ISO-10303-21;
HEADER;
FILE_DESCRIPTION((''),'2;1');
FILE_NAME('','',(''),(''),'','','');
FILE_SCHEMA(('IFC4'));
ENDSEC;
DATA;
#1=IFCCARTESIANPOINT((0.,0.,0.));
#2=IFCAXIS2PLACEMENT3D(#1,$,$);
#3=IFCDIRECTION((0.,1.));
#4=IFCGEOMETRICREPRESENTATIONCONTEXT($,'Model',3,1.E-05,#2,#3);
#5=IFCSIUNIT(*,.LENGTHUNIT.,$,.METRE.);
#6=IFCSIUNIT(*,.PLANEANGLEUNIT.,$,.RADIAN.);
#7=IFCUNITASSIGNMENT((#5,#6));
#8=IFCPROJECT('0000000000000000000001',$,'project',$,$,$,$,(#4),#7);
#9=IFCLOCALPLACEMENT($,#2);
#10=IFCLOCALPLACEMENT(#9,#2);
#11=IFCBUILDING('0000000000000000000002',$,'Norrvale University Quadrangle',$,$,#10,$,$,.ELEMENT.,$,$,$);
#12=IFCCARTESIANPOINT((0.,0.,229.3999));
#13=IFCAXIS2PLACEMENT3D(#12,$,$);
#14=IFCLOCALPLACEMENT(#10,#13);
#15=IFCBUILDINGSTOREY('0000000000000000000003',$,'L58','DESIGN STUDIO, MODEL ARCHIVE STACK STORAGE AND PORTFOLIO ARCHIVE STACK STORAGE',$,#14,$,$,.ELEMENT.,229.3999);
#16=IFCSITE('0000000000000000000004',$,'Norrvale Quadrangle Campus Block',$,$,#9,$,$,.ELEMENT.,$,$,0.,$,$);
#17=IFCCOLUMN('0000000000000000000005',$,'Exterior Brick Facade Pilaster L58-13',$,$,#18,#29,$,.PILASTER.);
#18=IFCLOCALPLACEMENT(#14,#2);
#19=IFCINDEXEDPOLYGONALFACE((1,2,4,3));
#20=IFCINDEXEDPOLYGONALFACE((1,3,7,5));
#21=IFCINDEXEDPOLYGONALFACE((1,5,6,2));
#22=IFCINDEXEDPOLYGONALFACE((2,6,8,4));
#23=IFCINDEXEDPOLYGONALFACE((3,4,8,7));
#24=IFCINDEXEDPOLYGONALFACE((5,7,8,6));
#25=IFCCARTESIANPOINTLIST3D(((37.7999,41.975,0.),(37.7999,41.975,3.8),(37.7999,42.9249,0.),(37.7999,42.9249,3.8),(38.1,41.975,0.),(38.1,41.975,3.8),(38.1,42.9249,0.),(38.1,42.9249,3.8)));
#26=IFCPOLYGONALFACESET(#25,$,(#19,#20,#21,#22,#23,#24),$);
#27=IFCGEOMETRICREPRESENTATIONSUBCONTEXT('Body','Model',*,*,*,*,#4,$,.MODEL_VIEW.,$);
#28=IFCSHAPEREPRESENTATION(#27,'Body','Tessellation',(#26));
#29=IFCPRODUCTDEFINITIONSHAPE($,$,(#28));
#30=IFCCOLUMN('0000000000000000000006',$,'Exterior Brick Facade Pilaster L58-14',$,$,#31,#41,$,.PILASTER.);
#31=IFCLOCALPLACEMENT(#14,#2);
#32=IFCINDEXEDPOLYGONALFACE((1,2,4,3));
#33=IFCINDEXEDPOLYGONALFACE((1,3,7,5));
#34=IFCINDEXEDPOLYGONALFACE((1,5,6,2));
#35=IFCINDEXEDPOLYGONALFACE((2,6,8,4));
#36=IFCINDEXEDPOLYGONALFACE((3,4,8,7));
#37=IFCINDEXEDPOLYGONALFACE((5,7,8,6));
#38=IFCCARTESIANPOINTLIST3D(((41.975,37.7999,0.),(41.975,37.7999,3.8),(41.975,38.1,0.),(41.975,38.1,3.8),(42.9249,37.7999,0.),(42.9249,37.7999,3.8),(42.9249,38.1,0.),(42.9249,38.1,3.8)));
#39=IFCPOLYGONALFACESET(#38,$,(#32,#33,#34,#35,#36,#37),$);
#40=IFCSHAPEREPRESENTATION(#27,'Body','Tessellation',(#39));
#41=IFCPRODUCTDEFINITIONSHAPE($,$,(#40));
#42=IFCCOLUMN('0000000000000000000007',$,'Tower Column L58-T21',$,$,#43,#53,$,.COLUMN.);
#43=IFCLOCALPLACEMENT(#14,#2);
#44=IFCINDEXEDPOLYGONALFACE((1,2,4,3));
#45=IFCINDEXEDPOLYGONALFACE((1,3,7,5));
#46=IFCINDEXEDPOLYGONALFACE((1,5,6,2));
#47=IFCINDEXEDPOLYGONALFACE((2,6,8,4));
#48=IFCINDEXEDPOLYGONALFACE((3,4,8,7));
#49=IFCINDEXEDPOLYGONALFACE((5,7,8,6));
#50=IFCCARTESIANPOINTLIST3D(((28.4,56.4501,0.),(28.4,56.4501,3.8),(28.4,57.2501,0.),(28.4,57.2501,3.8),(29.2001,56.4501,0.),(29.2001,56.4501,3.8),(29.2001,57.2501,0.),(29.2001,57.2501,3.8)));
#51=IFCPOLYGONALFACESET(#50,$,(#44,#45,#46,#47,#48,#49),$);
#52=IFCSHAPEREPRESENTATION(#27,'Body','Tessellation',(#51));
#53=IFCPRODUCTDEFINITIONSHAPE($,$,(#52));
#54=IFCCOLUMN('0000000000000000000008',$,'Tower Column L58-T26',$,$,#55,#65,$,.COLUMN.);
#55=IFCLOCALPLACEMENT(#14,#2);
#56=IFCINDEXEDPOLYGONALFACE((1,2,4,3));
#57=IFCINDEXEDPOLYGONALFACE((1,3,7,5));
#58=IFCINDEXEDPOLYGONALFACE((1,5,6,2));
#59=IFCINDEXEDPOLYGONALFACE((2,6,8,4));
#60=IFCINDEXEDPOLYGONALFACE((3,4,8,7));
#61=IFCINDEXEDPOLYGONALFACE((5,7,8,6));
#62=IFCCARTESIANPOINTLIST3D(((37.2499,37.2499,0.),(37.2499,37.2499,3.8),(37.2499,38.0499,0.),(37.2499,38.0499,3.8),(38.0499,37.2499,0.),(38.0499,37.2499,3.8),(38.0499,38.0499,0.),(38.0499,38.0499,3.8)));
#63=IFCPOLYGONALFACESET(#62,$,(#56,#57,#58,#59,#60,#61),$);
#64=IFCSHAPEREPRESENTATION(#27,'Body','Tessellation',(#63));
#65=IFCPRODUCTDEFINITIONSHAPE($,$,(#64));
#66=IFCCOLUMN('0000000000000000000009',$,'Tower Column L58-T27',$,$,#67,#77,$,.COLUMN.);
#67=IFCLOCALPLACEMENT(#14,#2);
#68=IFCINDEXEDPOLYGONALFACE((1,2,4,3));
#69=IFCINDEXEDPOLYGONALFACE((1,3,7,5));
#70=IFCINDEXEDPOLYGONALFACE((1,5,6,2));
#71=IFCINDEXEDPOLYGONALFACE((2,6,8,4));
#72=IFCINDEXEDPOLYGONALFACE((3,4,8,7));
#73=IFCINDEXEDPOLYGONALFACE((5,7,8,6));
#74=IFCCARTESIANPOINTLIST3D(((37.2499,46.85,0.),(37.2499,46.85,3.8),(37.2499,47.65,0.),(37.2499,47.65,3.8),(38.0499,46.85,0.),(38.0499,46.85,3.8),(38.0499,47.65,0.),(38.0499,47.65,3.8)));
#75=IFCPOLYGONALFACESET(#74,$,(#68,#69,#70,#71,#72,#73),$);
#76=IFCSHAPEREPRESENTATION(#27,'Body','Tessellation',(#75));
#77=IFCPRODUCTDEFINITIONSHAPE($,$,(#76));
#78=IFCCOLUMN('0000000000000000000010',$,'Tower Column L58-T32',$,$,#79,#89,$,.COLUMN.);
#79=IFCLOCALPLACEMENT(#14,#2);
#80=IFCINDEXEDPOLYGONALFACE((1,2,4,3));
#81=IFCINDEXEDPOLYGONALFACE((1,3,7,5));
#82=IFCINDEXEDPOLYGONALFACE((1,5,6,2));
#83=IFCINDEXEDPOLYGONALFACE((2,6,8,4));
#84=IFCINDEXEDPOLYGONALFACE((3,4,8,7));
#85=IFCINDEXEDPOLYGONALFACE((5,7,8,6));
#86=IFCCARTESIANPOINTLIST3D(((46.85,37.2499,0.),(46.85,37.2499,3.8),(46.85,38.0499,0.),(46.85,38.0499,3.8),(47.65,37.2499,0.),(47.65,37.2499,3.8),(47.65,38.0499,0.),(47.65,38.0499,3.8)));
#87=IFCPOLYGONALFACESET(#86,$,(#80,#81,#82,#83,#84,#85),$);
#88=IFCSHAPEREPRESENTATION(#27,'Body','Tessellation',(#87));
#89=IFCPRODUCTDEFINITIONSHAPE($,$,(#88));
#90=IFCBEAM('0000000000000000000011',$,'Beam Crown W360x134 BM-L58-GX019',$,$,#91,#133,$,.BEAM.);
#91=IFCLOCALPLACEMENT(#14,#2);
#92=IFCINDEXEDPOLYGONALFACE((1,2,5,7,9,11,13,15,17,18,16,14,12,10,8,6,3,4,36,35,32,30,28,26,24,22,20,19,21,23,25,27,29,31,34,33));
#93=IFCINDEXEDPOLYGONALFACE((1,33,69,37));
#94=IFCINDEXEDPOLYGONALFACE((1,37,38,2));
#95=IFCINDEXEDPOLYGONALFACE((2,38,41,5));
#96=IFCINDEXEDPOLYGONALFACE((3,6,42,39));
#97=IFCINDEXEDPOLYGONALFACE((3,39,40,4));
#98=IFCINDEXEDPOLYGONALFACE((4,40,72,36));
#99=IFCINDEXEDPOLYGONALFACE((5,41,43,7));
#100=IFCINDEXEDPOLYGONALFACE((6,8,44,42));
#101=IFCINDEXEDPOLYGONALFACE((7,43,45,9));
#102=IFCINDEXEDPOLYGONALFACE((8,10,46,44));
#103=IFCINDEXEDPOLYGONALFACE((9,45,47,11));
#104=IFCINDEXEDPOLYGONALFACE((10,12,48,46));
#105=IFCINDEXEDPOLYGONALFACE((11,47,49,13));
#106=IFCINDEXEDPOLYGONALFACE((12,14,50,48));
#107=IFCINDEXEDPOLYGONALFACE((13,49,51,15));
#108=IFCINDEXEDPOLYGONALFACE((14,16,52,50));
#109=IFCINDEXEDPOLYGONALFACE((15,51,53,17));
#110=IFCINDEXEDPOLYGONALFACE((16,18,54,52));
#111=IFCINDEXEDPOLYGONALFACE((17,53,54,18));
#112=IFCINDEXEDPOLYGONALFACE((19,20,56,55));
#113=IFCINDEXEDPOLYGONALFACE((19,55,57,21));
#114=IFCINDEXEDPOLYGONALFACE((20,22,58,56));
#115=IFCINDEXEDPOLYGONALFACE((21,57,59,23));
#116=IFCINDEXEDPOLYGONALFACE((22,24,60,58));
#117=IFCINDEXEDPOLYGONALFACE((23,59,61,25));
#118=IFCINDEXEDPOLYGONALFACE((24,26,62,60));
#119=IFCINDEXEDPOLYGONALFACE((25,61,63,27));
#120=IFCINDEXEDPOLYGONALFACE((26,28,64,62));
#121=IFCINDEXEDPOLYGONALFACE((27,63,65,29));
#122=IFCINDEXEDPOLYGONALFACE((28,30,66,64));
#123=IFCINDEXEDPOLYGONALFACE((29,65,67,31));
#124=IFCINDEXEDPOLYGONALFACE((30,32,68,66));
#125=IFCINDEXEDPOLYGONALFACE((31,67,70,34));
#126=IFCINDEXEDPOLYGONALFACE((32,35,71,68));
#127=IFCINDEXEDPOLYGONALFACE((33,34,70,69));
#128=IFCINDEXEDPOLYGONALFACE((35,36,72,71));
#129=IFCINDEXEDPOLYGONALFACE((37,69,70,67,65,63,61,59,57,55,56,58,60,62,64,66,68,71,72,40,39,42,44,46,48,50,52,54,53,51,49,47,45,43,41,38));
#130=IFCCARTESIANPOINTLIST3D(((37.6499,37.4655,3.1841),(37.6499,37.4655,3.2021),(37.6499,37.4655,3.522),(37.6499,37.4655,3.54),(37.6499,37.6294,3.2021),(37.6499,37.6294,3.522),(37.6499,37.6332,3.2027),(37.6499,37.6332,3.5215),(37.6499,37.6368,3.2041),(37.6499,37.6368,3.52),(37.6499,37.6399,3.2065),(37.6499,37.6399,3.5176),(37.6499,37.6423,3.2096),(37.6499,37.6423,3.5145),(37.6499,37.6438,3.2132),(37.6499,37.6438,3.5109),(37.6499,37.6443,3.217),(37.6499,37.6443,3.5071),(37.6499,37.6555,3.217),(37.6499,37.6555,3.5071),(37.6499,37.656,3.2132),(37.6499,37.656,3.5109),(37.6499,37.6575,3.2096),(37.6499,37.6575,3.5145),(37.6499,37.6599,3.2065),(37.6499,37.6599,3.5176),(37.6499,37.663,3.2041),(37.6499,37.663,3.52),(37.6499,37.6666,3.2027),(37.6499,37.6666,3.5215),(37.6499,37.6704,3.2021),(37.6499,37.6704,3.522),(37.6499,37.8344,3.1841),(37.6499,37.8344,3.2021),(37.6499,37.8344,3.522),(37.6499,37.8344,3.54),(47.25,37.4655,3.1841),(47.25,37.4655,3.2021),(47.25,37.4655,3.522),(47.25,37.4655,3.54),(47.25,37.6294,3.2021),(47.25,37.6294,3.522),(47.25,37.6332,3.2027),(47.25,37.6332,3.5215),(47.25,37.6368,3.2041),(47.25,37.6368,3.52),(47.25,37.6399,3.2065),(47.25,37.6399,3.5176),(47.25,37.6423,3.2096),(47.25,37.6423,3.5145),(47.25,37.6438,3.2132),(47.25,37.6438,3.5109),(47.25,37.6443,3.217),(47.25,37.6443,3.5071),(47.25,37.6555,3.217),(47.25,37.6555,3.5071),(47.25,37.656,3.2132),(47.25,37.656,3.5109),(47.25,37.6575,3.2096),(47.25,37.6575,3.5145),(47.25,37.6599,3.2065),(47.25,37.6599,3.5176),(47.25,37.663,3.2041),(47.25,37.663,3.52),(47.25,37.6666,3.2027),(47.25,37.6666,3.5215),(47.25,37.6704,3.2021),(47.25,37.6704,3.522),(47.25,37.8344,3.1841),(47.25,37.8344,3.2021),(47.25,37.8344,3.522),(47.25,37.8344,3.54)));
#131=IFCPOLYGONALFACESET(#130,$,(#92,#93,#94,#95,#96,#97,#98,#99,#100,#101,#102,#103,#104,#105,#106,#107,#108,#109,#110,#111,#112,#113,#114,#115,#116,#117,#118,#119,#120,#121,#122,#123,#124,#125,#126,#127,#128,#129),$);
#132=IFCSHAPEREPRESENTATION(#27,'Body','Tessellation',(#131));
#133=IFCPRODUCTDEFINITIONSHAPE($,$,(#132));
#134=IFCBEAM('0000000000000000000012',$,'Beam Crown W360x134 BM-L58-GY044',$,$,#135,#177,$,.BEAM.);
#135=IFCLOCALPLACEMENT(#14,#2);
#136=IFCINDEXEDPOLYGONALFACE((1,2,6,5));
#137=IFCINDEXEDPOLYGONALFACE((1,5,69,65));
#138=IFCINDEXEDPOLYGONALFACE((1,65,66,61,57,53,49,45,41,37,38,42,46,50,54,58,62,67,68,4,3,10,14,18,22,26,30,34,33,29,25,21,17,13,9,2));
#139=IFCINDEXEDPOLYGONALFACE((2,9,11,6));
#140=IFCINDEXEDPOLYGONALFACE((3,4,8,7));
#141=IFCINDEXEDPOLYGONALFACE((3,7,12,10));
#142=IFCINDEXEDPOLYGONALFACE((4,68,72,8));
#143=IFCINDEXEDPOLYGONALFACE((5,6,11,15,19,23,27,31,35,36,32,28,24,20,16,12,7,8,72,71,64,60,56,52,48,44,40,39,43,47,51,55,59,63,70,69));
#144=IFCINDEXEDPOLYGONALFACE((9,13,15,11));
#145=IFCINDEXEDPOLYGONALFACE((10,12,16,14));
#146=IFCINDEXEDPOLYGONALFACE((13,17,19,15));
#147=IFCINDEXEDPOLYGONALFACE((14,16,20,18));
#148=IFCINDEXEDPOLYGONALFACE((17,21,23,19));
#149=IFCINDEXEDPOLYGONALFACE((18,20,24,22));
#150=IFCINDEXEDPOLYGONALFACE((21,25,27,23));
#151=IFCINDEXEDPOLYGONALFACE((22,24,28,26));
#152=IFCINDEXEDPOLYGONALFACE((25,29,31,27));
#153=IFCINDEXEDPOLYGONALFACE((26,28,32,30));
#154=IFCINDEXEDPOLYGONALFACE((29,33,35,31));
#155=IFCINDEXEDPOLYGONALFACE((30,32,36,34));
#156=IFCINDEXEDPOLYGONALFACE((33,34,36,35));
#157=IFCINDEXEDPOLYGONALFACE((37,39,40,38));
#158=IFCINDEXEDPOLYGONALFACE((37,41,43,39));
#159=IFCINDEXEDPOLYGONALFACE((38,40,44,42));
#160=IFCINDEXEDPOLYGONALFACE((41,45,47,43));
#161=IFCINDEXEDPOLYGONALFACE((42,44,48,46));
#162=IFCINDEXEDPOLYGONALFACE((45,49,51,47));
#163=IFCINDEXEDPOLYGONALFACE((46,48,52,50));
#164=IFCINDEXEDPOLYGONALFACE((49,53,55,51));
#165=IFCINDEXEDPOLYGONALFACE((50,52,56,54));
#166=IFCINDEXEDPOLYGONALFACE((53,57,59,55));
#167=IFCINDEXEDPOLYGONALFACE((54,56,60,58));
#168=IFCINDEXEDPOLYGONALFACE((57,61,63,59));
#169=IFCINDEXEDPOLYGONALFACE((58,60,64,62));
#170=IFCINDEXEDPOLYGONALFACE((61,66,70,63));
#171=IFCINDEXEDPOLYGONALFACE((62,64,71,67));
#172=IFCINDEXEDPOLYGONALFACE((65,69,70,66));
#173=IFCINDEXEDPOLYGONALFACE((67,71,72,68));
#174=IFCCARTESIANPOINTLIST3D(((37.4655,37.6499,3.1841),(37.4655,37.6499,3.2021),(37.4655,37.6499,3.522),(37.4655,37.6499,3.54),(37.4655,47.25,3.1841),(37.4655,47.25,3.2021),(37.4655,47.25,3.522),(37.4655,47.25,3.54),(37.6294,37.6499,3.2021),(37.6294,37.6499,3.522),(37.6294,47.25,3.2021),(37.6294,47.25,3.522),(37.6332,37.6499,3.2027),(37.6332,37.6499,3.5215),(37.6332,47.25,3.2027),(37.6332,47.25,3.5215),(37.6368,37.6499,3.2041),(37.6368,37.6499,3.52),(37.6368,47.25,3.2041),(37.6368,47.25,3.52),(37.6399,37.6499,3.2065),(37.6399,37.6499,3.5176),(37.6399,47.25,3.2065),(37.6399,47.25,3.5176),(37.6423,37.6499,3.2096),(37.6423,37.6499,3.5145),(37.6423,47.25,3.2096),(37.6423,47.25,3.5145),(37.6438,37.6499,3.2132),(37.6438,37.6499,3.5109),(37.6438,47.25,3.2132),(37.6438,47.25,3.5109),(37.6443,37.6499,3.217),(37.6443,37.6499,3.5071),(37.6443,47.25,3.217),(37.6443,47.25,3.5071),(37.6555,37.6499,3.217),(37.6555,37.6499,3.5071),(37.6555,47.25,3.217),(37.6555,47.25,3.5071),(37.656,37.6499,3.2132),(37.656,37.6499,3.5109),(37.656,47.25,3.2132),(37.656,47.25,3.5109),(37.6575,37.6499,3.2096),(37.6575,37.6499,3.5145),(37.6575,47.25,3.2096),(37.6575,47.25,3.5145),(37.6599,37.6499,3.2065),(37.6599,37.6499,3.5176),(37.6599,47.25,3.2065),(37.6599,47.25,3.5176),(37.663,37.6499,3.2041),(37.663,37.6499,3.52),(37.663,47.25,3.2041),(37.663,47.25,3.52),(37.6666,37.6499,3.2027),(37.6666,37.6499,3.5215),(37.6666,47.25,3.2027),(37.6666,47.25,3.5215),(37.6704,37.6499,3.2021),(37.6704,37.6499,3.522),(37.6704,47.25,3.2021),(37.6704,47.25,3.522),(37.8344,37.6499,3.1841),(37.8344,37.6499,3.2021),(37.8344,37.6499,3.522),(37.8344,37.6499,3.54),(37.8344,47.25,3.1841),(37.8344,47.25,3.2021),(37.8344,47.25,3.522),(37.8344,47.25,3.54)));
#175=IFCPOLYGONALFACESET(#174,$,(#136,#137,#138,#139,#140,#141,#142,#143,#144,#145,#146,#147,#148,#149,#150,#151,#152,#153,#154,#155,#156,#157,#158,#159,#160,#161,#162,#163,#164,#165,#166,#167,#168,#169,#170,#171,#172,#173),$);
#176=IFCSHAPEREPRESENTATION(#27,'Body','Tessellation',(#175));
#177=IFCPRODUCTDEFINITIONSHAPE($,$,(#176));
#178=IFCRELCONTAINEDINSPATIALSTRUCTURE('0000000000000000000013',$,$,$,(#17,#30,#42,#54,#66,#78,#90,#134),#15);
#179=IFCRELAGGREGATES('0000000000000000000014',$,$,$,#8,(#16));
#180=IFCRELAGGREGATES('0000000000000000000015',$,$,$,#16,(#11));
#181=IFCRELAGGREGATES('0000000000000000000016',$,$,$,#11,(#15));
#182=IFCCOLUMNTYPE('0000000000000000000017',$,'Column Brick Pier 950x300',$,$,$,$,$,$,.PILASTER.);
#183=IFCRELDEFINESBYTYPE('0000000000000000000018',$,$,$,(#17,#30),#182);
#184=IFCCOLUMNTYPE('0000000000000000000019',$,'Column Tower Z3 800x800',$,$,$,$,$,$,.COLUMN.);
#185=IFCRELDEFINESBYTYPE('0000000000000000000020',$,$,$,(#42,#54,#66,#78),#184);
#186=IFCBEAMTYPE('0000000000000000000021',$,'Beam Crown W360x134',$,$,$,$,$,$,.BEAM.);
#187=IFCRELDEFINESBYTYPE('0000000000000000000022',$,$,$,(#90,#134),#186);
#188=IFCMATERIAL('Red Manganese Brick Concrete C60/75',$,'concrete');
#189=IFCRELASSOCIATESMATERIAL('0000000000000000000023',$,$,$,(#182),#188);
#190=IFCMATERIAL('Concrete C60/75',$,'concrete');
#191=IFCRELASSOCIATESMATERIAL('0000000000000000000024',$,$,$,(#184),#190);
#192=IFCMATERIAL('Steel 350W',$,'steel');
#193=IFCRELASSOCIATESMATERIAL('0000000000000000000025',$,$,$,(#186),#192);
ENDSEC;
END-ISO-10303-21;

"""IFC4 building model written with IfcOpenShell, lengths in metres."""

from ifc_helpers import new_model, si_unit, direction, frame, origin, origin_2d, place, context, subcontext, project, spatial, rectangle, i_section, extrude, material, material_profile, profile_set, type_object, element, save


model = new_model("IFC4")

# Units and contexts
model_context = context("Model", 3, precision=1e-05, world=origin(), true_north=direction((0.0, 1.0)))
body_context = subcontext(model_context, "Body", "Model", "MODEL_VIEW")
ifc_project = project(units=[si_unit("LENGTHUNIT", "METRE"), si_unit("PLANEANGLEUNIT", "RADIAN")], contexts=[model_context])

# Site, building, storey
site_placement = place(None, origin())
site = spatial("IfcSite", under=ifc_project, at=site_placement, Name="Norrvale Quadrangle Campus Block", CompositionType="ELEMENT", RefElevation=0.0)
building_placement = place(site_placement, origin())
building = spatial("IfcBuilding", under=site, at=building_placement, Name="Norrvale University Quadrangle", CompositionType="ELEMENT")
storey_placement = place(building_placement, frame((0.0, 0.0, 229.3999)))
storey = spatial("IfcBuildingStorey", under=building, at=storey_placement, Name="L58", Description="DESIGN STUDIO, MODEL ARCHIVE STACK STORAGE AND PORTFOLIO ARCHIVE STACK STORAGE", CompositionType="ELEMENT", Elevation=229.3999)

# Columns
ifc_material_1 = material(Name="Red Manganese Brick Concrete C60/75", Category="concrete")
ifc_material_profile_1 = material_profile(ifc_material_1, rectangle(XDim=0.95, YDim=0.3, at=origin_2d()), Name="Red Manganese Brick Concrete C60/75")
ifc_profile_set_1 = profile_set([ifc_material_profile_1], Name="Red Manganese Brick Concrete C60/75")
column_type_1 = type_object("IfcColumnType", Name="Column Brick Pier 950x300", PredefinedType="PILASTER", material=ifc_profile_set_1)
for number, where, z_axis, x_axis, name in (
    (1, (37.95, 42.45, 0.0), (0.0, 0.0, 1.0), (0.0, 1.0, 0.0), "Exterior Brick Facade Pilaster L58-13"),
    (2, (42.45, 37.95, 0.0), (0.0, 0.0, 1.0), (1.0, 0.0, 0.0), "Exterior Brick Facade Pilaster L58-14"),
):
    element("IfcColumn", number, at=place(storey_placement, frame(where, z_axis=z_axis, x_axis=x_axis)), inside=storey, type_object=column_type_1, Name=name, PredefinedType="PILASTER", context=body_context, shape_type="SweptSolid", body=[
        extrude(rectangle(XDim=0.95, YDim=0.3, at=origin_2d()), origin(), (0.0, 0.0, 1.0), 3.8),
    ])
ifc_material_2 = material(Name="Concrete C60/75", Category="concrete")
ifc_material_profile_2 = material_profile(ifc_material_2, rectangle(XDim=0.8, YDim=0.8, at=origin_2d()), Name="Concrete C60/75")
ifc_profile_set_2 = profile_set([ifc_material_profile_2], Name="Concrete C60/75")
column_type_2 = type_object("IfcColumnType", Name="Column Tower Z3 800x800", PredefinedType="COLUMN", material=ifc_profile_set_2)
for number, where, z_axis, x_axis, name in (
    (3, (28.8, 56.8501, 0.0), (0.0, 0.0, 1.0), (1.0, 0.0, 0.0), "Tower Column L58-T21"),
    (4, (37.6499, 37.6499, 0.0), (0.0, 0.0, 1.0), (1.0, 0.0, 0.0), "Tower Column L58-T26"),
    (5, (37.6499, 47.25, 0.0), (0.0, 0.0, 1.0), (1.0, 0.0, 0.0), "Tower Column L58-T27"),
    (6, (47.25, 37.6499, 0.0), (0.0, 0.0, 1.0), (1.0, 0.0, 0.0), "Tower Column L58-T32"),
):
    element("IfcColumn", number, at=place(storey_placement, frame(where, z_axis=z_axis, x_axis=x_axis)), inside=storey, type_object=column_type_2, Name=name, PredefinedType="COLUMN", context=body_context, shape_type="SweptSolid", body=[
        extrude(rectangle(XDim=0.8, YDim=0.8, at=origin_2d()), origin(), (0.0, 0.0, 1.0), 3.8),
    ])

# Beams
ifc_material_3 = material(Name="Steel 350W", Category="steel")
ifc_material_profile_3 = material_profile(ifc_material_3, i_section(OverallWidth=0.3689, OverallDepth=0.356, WebThickness=0.0112, FlangeThickness=0.0181, FilletRadius=0.0149, at=origin_2d()), Name="Steel 350W")
ifc_profile_set_3 = profile_set([ifc_material_profile_3], Name="Steel 350W")
beam_type_1 = type_object("IfcBeamType", Name="Beam Crown W360x134", PredefinedType="BEAM", material=ifc_profile_set_3)
for number, where, z_axis, x_axis, name in (
    (7, (37.6499, 37.6499, 3.3621), (1.0, 0.0, 0.0), (0.0, 1.0, 0.0), "Beam Crown W360x134 BM-L58-GX019"),
    (8, (37.6499, 37.6499, 3.3621), (0.0, 1.0, 0.0), (-1.0, 0.0, 0.0), "Beam Crown W360x134 BM-L58-GY044"),
):
    element("IfcBeam", number, at=place(storey_placement, frame(where, z_axis=z_axis, x_axis=x_axis)), inside=storey, type_object=beam_type_1, Name=name, PredefinedType="BEAM", context=body_context, shape_type="SweptSolid", body=[
        extrude(i_section(OverallWidth=0.3689, OverallDepth=0.356, WebThickness=0.0112, FlangeThickness=0.0181, FilletRadius=0.0149, at=origin_2d()), origin(), (0.0, 0.0, 1.0), 9.6001),
    ])

save(model, "model.ifc")
